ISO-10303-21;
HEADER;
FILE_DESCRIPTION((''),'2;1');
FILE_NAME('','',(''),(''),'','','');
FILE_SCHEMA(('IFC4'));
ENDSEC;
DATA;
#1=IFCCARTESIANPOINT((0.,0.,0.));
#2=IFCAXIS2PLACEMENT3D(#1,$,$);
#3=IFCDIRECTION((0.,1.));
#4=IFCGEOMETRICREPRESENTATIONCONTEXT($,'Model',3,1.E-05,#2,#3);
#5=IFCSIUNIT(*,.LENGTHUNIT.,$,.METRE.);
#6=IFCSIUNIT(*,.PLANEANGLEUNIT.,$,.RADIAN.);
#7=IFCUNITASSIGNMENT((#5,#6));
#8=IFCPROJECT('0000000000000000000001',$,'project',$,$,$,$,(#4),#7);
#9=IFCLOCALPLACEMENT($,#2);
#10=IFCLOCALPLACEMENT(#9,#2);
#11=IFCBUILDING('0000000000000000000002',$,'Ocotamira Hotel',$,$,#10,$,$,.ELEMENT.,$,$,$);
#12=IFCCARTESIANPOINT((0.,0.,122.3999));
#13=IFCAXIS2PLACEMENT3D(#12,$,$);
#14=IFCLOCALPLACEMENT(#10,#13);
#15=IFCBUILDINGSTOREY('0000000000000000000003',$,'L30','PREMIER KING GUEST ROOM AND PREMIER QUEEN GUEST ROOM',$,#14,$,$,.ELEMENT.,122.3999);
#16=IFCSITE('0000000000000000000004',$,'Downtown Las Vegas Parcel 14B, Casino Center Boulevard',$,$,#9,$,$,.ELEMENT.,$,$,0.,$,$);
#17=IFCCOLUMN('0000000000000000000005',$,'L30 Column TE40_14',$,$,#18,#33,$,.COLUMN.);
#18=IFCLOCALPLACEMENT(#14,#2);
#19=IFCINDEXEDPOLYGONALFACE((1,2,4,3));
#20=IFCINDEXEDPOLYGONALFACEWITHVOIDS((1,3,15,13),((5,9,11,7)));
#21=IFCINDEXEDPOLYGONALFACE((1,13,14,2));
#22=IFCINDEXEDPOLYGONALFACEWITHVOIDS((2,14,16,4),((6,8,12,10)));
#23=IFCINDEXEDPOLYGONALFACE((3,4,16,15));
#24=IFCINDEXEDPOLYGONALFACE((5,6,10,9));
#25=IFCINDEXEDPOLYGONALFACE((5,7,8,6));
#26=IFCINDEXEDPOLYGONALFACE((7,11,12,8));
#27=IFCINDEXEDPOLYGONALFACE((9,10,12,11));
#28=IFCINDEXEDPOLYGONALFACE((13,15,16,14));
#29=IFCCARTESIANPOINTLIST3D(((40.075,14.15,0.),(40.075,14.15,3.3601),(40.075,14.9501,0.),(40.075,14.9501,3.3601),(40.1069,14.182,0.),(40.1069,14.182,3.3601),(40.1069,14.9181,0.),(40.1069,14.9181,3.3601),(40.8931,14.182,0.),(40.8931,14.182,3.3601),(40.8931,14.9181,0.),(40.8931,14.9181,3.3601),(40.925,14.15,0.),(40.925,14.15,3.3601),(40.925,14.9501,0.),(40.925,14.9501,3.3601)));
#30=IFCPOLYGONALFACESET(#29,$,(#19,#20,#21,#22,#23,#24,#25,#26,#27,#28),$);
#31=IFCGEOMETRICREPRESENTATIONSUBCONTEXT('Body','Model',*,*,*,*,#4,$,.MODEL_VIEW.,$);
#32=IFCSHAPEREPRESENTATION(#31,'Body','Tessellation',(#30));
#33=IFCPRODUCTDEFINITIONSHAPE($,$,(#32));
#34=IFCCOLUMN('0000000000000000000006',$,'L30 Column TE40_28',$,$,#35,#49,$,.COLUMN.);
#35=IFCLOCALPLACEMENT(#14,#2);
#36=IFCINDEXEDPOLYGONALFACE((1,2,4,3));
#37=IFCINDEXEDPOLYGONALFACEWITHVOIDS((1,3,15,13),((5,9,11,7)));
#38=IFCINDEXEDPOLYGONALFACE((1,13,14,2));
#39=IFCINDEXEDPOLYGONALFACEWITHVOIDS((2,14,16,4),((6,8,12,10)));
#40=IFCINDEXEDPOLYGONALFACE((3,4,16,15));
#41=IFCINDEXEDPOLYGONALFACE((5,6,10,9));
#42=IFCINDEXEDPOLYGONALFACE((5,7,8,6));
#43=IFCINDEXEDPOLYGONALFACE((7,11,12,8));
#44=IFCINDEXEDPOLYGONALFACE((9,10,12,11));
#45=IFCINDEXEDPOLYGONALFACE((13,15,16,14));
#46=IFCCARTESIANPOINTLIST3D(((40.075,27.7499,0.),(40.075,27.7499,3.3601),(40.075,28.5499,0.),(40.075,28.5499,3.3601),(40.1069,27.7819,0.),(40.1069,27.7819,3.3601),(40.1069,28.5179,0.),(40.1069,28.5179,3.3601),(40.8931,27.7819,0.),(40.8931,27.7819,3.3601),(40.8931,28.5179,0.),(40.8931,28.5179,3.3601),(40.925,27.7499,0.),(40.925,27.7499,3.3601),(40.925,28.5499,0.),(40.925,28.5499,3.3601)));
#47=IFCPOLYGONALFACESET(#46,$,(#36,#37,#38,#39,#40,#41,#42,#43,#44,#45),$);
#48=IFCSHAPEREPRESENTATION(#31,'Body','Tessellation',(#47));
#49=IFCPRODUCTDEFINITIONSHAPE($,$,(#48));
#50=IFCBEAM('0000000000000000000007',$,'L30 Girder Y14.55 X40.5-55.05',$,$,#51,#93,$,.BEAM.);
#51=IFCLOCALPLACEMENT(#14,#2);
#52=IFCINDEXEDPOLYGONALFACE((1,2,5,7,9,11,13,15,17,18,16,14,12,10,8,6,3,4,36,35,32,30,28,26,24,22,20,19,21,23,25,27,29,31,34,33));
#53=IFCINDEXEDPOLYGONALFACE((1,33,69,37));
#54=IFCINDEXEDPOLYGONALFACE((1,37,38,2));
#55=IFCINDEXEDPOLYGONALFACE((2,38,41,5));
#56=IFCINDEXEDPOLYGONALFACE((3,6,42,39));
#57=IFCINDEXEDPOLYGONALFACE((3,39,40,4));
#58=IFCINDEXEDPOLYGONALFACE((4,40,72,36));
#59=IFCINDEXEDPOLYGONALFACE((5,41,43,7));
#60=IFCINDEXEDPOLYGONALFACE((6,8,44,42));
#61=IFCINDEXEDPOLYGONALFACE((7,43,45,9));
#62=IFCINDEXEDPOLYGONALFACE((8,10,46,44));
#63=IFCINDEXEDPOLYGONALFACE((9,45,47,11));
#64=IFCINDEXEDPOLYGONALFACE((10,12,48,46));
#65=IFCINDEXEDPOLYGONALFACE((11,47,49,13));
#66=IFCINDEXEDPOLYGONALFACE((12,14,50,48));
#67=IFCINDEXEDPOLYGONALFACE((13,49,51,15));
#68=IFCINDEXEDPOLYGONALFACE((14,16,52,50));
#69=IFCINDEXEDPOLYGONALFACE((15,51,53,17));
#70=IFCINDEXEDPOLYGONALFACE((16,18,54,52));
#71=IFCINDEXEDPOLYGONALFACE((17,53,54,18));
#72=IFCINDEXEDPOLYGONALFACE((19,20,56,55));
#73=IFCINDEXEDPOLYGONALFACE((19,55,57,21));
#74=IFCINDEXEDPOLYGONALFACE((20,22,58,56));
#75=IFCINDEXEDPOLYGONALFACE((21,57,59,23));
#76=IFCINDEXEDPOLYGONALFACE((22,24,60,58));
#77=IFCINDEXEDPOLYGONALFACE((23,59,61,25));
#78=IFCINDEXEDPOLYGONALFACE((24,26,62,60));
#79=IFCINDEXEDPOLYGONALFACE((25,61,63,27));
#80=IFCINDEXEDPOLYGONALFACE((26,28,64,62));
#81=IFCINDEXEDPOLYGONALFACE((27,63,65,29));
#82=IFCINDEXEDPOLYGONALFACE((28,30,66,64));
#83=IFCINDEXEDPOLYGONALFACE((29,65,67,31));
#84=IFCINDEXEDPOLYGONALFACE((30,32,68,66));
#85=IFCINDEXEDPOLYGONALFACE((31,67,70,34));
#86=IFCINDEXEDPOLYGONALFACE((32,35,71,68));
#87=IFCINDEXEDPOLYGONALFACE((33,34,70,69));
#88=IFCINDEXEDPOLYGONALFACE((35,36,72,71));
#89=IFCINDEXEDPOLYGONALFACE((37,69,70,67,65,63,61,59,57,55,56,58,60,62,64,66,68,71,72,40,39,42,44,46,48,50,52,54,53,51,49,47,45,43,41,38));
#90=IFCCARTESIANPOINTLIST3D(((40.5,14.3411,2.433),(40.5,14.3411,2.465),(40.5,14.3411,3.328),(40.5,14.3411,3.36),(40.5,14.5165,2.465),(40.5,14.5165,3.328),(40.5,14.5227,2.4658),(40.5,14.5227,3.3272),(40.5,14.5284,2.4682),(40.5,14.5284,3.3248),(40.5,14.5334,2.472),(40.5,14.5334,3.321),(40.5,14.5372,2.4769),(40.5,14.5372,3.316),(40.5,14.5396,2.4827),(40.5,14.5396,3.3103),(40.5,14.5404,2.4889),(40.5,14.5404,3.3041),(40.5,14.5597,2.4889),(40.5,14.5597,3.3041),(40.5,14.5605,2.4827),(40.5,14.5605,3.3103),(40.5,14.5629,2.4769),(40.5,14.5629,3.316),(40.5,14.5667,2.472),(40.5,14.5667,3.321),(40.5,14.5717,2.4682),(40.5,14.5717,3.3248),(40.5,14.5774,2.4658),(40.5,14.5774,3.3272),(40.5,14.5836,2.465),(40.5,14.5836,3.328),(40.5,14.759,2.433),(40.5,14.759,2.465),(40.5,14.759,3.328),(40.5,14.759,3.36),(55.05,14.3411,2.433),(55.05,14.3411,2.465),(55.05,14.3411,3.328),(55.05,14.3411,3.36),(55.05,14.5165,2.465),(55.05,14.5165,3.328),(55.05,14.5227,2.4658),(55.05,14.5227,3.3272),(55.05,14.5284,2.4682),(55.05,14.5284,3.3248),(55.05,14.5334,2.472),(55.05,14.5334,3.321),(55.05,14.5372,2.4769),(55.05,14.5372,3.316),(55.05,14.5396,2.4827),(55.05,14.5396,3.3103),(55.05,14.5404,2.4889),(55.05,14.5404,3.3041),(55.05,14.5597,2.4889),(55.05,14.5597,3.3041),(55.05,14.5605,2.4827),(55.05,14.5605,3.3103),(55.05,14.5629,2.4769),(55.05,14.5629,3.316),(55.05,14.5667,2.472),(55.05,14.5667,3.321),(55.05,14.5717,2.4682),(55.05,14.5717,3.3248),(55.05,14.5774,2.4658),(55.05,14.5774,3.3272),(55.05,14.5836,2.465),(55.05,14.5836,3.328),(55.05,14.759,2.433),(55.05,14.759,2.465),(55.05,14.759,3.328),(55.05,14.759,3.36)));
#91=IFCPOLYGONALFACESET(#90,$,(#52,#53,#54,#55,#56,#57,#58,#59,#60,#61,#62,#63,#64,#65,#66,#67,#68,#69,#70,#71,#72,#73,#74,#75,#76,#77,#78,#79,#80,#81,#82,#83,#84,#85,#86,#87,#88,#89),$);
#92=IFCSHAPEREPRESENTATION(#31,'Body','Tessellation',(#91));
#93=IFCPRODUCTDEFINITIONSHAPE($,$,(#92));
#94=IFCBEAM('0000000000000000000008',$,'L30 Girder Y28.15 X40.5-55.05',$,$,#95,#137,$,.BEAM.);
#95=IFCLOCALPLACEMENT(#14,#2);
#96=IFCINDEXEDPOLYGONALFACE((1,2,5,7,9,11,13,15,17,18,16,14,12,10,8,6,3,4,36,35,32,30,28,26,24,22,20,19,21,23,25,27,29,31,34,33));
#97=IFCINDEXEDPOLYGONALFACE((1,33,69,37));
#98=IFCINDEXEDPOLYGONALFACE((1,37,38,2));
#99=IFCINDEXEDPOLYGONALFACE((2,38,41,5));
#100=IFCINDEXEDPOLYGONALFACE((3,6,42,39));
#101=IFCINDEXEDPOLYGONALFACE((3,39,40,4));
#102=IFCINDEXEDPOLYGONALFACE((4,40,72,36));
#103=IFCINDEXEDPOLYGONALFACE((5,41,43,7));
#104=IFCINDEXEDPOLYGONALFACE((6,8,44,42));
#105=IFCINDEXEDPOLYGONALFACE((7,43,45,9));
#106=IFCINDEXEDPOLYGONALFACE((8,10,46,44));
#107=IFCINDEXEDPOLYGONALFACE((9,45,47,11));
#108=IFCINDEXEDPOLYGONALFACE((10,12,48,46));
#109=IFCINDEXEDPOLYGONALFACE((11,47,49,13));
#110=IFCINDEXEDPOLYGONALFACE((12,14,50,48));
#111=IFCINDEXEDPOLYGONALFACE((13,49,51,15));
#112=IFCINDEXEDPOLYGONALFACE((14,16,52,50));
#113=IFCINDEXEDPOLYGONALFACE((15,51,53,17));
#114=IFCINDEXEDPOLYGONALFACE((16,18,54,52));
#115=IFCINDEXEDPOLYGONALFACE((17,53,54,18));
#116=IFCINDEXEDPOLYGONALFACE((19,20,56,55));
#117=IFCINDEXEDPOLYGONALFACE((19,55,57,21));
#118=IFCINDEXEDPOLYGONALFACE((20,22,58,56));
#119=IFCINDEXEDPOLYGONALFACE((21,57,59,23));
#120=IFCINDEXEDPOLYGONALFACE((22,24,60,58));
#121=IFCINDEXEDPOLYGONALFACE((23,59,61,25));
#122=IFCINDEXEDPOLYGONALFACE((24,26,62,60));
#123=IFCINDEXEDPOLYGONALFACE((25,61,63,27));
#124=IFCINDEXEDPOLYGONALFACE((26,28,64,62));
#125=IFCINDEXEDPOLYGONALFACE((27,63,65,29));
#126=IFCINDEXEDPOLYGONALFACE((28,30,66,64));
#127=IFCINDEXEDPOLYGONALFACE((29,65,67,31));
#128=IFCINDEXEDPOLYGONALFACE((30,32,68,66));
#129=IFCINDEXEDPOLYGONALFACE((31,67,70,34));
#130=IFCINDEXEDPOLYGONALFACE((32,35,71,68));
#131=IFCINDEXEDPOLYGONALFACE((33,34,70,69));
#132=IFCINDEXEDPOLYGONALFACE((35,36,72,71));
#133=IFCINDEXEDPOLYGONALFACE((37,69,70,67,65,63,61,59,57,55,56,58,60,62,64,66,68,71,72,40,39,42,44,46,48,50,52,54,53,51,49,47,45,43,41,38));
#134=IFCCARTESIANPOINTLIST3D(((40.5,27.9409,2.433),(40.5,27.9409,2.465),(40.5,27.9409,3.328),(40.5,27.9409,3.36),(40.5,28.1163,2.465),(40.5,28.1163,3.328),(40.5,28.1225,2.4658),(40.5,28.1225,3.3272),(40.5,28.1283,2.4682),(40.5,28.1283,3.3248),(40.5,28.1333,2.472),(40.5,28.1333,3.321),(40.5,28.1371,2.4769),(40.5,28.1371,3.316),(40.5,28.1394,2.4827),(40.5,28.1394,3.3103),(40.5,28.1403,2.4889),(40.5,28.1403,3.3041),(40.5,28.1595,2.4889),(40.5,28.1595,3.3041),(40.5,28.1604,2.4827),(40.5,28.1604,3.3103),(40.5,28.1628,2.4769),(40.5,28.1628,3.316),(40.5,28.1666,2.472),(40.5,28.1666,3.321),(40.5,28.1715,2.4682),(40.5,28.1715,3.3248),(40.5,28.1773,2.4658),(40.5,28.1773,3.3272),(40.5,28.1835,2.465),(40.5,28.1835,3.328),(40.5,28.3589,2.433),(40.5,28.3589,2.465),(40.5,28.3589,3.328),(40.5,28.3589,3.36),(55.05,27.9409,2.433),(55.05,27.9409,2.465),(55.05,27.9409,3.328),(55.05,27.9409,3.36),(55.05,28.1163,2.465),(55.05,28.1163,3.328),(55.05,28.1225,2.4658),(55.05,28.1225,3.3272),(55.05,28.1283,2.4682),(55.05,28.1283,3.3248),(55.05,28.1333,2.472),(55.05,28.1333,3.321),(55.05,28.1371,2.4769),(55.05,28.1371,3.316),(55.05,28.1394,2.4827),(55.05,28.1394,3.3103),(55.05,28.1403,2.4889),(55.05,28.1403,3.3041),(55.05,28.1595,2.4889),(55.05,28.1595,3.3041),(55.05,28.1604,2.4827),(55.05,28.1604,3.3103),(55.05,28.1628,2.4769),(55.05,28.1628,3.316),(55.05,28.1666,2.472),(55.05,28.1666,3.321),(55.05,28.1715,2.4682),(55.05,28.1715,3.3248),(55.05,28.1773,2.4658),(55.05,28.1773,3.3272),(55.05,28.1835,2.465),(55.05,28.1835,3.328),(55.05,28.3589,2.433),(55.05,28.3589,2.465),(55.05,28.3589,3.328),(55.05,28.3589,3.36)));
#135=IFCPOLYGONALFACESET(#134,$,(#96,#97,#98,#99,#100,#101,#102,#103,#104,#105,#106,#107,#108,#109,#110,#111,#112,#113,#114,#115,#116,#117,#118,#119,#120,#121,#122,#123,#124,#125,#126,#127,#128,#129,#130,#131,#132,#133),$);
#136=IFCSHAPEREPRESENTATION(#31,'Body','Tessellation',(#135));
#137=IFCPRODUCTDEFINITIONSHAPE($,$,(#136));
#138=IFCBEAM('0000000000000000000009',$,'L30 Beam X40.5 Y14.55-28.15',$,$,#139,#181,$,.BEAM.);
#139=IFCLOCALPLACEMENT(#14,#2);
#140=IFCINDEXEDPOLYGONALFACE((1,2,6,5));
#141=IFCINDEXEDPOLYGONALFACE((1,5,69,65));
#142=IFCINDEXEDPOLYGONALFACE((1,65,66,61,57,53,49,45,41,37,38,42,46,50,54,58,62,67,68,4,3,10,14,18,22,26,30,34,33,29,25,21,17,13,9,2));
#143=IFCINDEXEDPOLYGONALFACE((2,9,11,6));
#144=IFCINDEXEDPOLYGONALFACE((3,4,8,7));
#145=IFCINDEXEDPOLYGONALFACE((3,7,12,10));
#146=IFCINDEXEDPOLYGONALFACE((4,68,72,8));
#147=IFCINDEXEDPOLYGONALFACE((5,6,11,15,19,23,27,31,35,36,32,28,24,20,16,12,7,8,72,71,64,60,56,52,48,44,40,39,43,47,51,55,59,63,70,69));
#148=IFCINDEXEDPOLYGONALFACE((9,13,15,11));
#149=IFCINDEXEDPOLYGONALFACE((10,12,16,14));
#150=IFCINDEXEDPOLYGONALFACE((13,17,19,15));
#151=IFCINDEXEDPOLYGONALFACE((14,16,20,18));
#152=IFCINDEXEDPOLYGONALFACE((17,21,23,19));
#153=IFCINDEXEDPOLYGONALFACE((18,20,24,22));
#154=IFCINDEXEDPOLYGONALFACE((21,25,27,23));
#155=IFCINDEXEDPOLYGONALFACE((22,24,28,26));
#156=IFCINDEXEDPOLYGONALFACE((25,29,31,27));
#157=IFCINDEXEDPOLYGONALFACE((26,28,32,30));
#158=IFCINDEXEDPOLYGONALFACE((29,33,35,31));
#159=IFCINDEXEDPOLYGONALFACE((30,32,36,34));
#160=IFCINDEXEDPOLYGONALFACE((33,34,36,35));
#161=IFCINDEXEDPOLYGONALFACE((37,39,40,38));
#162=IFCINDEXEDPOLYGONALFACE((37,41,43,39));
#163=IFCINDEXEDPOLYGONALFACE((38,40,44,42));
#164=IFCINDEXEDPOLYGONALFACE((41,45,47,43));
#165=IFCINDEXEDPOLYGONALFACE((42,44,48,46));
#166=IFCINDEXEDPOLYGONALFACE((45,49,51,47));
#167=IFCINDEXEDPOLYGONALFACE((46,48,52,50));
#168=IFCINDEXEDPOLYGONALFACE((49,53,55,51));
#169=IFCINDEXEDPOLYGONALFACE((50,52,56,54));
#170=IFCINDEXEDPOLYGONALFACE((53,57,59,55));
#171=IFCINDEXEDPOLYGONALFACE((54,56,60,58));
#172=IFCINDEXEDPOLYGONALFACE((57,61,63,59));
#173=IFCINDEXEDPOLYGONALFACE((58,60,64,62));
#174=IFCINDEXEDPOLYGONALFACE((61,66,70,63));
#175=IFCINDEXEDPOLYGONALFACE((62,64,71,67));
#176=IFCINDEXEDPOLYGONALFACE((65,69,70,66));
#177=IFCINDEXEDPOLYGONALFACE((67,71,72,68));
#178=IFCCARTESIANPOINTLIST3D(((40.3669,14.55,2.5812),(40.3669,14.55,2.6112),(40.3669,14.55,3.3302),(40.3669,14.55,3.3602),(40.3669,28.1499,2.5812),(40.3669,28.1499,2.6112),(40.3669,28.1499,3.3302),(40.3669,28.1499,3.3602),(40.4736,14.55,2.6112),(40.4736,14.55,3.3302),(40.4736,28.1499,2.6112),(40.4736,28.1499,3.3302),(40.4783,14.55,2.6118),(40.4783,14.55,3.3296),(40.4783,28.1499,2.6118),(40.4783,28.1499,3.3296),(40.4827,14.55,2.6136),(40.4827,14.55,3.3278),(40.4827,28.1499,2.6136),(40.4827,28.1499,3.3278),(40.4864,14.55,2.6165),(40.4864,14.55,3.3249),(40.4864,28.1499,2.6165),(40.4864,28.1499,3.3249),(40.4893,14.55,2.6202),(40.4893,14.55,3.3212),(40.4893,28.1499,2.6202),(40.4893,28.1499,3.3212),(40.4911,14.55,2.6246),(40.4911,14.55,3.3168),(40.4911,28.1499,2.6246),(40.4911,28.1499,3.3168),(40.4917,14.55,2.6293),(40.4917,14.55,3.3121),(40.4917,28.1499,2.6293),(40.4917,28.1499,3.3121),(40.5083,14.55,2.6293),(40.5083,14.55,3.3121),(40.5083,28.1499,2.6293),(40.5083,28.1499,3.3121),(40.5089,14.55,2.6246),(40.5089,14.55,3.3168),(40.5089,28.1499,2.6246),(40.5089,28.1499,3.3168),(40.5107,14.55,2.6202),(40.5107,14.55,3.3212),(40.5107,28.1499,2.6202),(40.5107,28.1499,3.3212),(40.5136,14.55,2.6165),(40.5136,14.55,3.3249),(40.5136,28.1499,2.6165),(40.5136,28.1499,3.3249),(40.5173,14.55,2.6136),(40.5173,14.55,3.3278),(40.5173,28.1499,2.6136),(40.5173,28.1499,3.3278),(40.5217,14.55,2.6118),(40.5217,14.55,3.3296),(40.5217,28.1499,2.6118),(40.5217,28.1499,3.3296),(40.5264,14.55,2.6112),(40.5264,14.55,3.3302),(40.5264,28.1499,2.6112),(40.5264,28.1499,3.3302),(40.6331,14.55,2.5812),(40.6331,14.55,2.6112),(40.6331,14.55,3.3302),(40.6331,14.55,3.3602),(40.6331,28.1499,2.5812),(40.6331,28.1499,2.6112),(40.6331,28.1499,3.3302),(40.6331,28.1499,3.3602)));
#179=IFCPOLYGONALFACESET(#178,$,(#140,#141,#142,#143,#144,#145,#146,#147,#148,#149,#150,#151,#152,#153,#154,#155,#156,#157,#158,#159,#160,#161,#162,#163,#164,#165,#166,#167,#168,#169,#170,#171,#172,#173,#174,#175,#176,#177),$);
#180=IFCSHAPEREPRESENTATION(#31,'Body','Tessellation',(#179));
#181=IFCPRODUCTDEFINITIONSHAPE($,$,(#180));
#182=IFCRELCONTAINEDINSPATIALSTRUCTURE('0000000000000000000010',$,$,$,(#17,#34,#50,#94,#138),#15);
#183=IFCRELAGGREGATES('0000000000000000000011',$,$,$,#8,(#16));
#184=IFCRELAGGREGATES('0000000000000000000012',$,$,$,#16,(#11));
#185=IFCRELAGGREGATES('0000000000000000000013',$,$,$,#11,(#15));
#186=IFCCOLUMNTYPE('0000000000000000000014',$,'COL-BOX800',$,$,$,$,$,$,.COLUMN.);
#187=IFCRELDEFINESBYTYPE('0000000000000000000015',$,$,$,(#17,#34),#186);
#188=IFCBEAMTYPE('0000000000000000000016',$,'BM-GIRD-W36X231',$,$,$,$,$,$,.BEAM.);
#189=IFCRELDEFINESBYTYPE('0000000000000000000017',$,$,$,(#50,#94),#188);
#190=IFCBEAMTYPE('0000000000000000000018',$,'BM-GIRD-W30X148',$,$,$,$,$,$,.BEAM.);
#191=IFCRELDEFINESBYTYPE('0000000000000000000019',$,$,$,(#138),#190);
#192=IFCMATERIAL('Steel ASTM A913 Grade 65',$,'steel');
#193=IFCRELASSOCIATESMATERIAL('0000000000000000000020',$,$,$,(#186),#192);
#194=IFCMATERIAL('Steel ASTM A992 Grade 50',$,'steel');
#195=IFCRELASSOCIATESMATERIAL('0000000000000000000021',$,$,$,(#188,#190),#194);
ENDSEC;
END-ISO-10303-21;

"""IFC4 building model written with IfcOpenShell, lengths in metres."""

from ifc_helpers import new_model, si_unit, direction, frame, origin, origin_2d, place, context, subcontext, project, spatial, hollow_rectangle, i_section, extrude, source, transform, mapped, material, material_profile, profile_set, type_object, element, save


model = new_model("IFC4")

# Units and contexts
model_context = context("Model", 3, precision=1e-05, world=origin(), true_north=direction((0.0, 1.0)))
body_context = subcontext(model_context, "Body", "Model", "MODEL_VIEW")
ifc_project = project(units=[si_unit("LENGTHUNIT", "METRE"), si_unit("PLANEANGLEUNIT", "RADIAN")], contexts=[model_context])

# Site, building, storey
site_placement = place(None, origin())
site = spatial("IfcSite", under=ifc_project, at=site_placement, Name="Downtown Las Vegas Parcel 14B, Casino Center Boulevard", CompositionType="ELEMENT", RefElevation=0.0)
building_placement = place(site_placement, origin())
building = spatial("IfcBuilding", under=site, at=building_placement, Name="Ocotamira Hotel", CompositionType="ELEMENT")
storey_placement = place(building_placement, frame((0.0, 0.0, 122.3999)))
storey = spatial("IfcBuildingStorey", under=building, at=storey_placement, Name="L30", Description="PREMIER KING GUEST ROOM AND PREMIER QUEEN GUEST ROOM", CompositionType="ELEMENT", Elevation=122.3999)

# Columns
ifc_material_1 = material(Name="Steel ASTM A913 Grade 65", Category="steel")
ifc_material_profile_1 = material_profile(ifc_material_1, hollow_rectangle(XDim=0.8501, YDim=0.8, WallThickness=0.032, at=origin_2d()), Name="BOX800X850X32")
ifc_profile_set_1 = profile_set([ifc_material_profile_1], Name="Steel ASTM A913 Grade 65")
column_type = type_object("IfcColumnType", Name="COL-BOX800", PredefinedType="COLUMN", material=ifc_profile_set_1)
shared_shape_1 = source(origin(), body_context, "Body", "SweptSolid", [
    extrude(hollow_rectangle(XDim=0.8501, YDim=0.8, WallThickness=0.032, at=origin_2d()), origin(), (0.0, 0.0, 1.0), 3.3601),
])
for number, where, z_axis, x_axis, name in (
    (1, (40.5, 14.55, 0.0), (0.0, 0.0, 1.0), (1.0, 0.0, 0.0), "L30 Column TE40_14"),
    (2, (40.5, 28.1499, 0.0), (0.0, 0.0, 1.0), (1.0, 0.0, 0.0), "L30 Column TE40_28"),
):
    element("IfcColumn", number, at=place(storey_placement, frame(where, z_axis=z_axis, x_axis=x_axis)), inside=storey, type_object=column_type, Name=name, PredefinedType="COLUMN", context=body_context, shape_type="MappedRepresentation", body=[
        mapped(shared_shape_1, transform((0.0, 0.0, 0.0), scale=1.0)),
    ])

# Beams
ifc_material_2 = material(Name="Steel ASTM A992 Grade 50", Category="steel")
ifc_material_profile_2 = material_profile(ifc_material_2, i_section(OverallWidth=0.418, OverallDepth=0.927, WebThickness=0.0193, FlangeThickness=0.032, FilletRadius=0.0239, at=origin_2d()), Name="W36X231")
ifc_profile_set_2 = profile_set([ifc_material_profile_2], Name="Steel ASTM A992 Grade 50")
beam_type_1 = type_object("IfcBeamType", Name="BM-GIRD-W36X231", PredefinedType="BEAM", material=ifc_profile_set_2)
shared_shape_2 = source(origin(), body_context, "Body", "SweptSolid", [
    extrude(i_section(OverallWidth=0.418, OverallDepth=0.927, WebThickness=0.0193, FlangeThickness=0.032, FilletRadius=0.0239, at=origin_2d()), origin(), (0.0, 0.0, 1.0), 14.55),
])
for number, where, z_axis, x_axis, name in (
    (3, (40.5, 14.55, 2.8965), (1.0, 0.0, 0.0), (0.0, 1.0, 0.0), "L30 Girder Y14.55 X40.5-55.05"),
    (4, (40.5, 28.1499, 2.8965), (1.0, 0.0, 0.0), (0.0, 1.0, 0.0), "L30 Girder Y28.15 X40.5-55.05"),
):
    element("IfcBeam", number, at=place(storey_placement, frame(where, z_axis=z_axis, x_axis=x_axis)), inside=storey, type_object=beam_type_1, Name=name, PredefinedType="BEAM", context=body_context, shape_type="MappedRepresentation", body=[
        mapped(shared_shape_2, transform((0.0, 0.0, 0.0), scale=1.0)),
    ])
ifc_material_profile_3 = material_profile(ifc_material_2, i_section(OverallWidth=0.2661, OverallDepth=0.7791, WebThickness=0.0166, FlangeThickness=0.03, FilletRadius=0.0181, at=origin_2d()), Name="W30X148")
ifc_profile_set_3 = profile_set([ifc_material_profile_3], Name="Steel ASTM A992 Grade 50")
beam_type_2 = type_object("IfcBeamType", Name="BM-GIRD-W30X148", PredefinedType="BEAM", material=ifc_profile_set_3)
shared_shape_3 = source(origin(), body_context, "Body", "SweptSolid", [
    extrude(i_section(OverallWidth=0.2661, OverallDepth=0.7791, WebThickness=0.0166, FlangeThickness=0.03, FilletRadius=0.0181, at=origin_2d()), origin(), (0.0, 0.0, 1.0), 13.5999),
])
beam_1_placement = place(storey_placement, frame((40.5, 14.55, 2.9707), z_axis=(0.0, 1.0, 0.0), x_axis=(-1.0, 0.0, 0.0)))
element("IfcBeam", 5, at=beam_1_placement, inside=storey, type_object=beam_type_2, Name="L30 Beam X40.5 Y14.55-28.15", PredefinedType="BEAM", context=body_context, shape_type="MappedRepresentation", body=[
    mapped(shared_shape_3, transform((0.0, 0.0, 0.0), scale=1.0)),
])

save(model, "model.ifc")
